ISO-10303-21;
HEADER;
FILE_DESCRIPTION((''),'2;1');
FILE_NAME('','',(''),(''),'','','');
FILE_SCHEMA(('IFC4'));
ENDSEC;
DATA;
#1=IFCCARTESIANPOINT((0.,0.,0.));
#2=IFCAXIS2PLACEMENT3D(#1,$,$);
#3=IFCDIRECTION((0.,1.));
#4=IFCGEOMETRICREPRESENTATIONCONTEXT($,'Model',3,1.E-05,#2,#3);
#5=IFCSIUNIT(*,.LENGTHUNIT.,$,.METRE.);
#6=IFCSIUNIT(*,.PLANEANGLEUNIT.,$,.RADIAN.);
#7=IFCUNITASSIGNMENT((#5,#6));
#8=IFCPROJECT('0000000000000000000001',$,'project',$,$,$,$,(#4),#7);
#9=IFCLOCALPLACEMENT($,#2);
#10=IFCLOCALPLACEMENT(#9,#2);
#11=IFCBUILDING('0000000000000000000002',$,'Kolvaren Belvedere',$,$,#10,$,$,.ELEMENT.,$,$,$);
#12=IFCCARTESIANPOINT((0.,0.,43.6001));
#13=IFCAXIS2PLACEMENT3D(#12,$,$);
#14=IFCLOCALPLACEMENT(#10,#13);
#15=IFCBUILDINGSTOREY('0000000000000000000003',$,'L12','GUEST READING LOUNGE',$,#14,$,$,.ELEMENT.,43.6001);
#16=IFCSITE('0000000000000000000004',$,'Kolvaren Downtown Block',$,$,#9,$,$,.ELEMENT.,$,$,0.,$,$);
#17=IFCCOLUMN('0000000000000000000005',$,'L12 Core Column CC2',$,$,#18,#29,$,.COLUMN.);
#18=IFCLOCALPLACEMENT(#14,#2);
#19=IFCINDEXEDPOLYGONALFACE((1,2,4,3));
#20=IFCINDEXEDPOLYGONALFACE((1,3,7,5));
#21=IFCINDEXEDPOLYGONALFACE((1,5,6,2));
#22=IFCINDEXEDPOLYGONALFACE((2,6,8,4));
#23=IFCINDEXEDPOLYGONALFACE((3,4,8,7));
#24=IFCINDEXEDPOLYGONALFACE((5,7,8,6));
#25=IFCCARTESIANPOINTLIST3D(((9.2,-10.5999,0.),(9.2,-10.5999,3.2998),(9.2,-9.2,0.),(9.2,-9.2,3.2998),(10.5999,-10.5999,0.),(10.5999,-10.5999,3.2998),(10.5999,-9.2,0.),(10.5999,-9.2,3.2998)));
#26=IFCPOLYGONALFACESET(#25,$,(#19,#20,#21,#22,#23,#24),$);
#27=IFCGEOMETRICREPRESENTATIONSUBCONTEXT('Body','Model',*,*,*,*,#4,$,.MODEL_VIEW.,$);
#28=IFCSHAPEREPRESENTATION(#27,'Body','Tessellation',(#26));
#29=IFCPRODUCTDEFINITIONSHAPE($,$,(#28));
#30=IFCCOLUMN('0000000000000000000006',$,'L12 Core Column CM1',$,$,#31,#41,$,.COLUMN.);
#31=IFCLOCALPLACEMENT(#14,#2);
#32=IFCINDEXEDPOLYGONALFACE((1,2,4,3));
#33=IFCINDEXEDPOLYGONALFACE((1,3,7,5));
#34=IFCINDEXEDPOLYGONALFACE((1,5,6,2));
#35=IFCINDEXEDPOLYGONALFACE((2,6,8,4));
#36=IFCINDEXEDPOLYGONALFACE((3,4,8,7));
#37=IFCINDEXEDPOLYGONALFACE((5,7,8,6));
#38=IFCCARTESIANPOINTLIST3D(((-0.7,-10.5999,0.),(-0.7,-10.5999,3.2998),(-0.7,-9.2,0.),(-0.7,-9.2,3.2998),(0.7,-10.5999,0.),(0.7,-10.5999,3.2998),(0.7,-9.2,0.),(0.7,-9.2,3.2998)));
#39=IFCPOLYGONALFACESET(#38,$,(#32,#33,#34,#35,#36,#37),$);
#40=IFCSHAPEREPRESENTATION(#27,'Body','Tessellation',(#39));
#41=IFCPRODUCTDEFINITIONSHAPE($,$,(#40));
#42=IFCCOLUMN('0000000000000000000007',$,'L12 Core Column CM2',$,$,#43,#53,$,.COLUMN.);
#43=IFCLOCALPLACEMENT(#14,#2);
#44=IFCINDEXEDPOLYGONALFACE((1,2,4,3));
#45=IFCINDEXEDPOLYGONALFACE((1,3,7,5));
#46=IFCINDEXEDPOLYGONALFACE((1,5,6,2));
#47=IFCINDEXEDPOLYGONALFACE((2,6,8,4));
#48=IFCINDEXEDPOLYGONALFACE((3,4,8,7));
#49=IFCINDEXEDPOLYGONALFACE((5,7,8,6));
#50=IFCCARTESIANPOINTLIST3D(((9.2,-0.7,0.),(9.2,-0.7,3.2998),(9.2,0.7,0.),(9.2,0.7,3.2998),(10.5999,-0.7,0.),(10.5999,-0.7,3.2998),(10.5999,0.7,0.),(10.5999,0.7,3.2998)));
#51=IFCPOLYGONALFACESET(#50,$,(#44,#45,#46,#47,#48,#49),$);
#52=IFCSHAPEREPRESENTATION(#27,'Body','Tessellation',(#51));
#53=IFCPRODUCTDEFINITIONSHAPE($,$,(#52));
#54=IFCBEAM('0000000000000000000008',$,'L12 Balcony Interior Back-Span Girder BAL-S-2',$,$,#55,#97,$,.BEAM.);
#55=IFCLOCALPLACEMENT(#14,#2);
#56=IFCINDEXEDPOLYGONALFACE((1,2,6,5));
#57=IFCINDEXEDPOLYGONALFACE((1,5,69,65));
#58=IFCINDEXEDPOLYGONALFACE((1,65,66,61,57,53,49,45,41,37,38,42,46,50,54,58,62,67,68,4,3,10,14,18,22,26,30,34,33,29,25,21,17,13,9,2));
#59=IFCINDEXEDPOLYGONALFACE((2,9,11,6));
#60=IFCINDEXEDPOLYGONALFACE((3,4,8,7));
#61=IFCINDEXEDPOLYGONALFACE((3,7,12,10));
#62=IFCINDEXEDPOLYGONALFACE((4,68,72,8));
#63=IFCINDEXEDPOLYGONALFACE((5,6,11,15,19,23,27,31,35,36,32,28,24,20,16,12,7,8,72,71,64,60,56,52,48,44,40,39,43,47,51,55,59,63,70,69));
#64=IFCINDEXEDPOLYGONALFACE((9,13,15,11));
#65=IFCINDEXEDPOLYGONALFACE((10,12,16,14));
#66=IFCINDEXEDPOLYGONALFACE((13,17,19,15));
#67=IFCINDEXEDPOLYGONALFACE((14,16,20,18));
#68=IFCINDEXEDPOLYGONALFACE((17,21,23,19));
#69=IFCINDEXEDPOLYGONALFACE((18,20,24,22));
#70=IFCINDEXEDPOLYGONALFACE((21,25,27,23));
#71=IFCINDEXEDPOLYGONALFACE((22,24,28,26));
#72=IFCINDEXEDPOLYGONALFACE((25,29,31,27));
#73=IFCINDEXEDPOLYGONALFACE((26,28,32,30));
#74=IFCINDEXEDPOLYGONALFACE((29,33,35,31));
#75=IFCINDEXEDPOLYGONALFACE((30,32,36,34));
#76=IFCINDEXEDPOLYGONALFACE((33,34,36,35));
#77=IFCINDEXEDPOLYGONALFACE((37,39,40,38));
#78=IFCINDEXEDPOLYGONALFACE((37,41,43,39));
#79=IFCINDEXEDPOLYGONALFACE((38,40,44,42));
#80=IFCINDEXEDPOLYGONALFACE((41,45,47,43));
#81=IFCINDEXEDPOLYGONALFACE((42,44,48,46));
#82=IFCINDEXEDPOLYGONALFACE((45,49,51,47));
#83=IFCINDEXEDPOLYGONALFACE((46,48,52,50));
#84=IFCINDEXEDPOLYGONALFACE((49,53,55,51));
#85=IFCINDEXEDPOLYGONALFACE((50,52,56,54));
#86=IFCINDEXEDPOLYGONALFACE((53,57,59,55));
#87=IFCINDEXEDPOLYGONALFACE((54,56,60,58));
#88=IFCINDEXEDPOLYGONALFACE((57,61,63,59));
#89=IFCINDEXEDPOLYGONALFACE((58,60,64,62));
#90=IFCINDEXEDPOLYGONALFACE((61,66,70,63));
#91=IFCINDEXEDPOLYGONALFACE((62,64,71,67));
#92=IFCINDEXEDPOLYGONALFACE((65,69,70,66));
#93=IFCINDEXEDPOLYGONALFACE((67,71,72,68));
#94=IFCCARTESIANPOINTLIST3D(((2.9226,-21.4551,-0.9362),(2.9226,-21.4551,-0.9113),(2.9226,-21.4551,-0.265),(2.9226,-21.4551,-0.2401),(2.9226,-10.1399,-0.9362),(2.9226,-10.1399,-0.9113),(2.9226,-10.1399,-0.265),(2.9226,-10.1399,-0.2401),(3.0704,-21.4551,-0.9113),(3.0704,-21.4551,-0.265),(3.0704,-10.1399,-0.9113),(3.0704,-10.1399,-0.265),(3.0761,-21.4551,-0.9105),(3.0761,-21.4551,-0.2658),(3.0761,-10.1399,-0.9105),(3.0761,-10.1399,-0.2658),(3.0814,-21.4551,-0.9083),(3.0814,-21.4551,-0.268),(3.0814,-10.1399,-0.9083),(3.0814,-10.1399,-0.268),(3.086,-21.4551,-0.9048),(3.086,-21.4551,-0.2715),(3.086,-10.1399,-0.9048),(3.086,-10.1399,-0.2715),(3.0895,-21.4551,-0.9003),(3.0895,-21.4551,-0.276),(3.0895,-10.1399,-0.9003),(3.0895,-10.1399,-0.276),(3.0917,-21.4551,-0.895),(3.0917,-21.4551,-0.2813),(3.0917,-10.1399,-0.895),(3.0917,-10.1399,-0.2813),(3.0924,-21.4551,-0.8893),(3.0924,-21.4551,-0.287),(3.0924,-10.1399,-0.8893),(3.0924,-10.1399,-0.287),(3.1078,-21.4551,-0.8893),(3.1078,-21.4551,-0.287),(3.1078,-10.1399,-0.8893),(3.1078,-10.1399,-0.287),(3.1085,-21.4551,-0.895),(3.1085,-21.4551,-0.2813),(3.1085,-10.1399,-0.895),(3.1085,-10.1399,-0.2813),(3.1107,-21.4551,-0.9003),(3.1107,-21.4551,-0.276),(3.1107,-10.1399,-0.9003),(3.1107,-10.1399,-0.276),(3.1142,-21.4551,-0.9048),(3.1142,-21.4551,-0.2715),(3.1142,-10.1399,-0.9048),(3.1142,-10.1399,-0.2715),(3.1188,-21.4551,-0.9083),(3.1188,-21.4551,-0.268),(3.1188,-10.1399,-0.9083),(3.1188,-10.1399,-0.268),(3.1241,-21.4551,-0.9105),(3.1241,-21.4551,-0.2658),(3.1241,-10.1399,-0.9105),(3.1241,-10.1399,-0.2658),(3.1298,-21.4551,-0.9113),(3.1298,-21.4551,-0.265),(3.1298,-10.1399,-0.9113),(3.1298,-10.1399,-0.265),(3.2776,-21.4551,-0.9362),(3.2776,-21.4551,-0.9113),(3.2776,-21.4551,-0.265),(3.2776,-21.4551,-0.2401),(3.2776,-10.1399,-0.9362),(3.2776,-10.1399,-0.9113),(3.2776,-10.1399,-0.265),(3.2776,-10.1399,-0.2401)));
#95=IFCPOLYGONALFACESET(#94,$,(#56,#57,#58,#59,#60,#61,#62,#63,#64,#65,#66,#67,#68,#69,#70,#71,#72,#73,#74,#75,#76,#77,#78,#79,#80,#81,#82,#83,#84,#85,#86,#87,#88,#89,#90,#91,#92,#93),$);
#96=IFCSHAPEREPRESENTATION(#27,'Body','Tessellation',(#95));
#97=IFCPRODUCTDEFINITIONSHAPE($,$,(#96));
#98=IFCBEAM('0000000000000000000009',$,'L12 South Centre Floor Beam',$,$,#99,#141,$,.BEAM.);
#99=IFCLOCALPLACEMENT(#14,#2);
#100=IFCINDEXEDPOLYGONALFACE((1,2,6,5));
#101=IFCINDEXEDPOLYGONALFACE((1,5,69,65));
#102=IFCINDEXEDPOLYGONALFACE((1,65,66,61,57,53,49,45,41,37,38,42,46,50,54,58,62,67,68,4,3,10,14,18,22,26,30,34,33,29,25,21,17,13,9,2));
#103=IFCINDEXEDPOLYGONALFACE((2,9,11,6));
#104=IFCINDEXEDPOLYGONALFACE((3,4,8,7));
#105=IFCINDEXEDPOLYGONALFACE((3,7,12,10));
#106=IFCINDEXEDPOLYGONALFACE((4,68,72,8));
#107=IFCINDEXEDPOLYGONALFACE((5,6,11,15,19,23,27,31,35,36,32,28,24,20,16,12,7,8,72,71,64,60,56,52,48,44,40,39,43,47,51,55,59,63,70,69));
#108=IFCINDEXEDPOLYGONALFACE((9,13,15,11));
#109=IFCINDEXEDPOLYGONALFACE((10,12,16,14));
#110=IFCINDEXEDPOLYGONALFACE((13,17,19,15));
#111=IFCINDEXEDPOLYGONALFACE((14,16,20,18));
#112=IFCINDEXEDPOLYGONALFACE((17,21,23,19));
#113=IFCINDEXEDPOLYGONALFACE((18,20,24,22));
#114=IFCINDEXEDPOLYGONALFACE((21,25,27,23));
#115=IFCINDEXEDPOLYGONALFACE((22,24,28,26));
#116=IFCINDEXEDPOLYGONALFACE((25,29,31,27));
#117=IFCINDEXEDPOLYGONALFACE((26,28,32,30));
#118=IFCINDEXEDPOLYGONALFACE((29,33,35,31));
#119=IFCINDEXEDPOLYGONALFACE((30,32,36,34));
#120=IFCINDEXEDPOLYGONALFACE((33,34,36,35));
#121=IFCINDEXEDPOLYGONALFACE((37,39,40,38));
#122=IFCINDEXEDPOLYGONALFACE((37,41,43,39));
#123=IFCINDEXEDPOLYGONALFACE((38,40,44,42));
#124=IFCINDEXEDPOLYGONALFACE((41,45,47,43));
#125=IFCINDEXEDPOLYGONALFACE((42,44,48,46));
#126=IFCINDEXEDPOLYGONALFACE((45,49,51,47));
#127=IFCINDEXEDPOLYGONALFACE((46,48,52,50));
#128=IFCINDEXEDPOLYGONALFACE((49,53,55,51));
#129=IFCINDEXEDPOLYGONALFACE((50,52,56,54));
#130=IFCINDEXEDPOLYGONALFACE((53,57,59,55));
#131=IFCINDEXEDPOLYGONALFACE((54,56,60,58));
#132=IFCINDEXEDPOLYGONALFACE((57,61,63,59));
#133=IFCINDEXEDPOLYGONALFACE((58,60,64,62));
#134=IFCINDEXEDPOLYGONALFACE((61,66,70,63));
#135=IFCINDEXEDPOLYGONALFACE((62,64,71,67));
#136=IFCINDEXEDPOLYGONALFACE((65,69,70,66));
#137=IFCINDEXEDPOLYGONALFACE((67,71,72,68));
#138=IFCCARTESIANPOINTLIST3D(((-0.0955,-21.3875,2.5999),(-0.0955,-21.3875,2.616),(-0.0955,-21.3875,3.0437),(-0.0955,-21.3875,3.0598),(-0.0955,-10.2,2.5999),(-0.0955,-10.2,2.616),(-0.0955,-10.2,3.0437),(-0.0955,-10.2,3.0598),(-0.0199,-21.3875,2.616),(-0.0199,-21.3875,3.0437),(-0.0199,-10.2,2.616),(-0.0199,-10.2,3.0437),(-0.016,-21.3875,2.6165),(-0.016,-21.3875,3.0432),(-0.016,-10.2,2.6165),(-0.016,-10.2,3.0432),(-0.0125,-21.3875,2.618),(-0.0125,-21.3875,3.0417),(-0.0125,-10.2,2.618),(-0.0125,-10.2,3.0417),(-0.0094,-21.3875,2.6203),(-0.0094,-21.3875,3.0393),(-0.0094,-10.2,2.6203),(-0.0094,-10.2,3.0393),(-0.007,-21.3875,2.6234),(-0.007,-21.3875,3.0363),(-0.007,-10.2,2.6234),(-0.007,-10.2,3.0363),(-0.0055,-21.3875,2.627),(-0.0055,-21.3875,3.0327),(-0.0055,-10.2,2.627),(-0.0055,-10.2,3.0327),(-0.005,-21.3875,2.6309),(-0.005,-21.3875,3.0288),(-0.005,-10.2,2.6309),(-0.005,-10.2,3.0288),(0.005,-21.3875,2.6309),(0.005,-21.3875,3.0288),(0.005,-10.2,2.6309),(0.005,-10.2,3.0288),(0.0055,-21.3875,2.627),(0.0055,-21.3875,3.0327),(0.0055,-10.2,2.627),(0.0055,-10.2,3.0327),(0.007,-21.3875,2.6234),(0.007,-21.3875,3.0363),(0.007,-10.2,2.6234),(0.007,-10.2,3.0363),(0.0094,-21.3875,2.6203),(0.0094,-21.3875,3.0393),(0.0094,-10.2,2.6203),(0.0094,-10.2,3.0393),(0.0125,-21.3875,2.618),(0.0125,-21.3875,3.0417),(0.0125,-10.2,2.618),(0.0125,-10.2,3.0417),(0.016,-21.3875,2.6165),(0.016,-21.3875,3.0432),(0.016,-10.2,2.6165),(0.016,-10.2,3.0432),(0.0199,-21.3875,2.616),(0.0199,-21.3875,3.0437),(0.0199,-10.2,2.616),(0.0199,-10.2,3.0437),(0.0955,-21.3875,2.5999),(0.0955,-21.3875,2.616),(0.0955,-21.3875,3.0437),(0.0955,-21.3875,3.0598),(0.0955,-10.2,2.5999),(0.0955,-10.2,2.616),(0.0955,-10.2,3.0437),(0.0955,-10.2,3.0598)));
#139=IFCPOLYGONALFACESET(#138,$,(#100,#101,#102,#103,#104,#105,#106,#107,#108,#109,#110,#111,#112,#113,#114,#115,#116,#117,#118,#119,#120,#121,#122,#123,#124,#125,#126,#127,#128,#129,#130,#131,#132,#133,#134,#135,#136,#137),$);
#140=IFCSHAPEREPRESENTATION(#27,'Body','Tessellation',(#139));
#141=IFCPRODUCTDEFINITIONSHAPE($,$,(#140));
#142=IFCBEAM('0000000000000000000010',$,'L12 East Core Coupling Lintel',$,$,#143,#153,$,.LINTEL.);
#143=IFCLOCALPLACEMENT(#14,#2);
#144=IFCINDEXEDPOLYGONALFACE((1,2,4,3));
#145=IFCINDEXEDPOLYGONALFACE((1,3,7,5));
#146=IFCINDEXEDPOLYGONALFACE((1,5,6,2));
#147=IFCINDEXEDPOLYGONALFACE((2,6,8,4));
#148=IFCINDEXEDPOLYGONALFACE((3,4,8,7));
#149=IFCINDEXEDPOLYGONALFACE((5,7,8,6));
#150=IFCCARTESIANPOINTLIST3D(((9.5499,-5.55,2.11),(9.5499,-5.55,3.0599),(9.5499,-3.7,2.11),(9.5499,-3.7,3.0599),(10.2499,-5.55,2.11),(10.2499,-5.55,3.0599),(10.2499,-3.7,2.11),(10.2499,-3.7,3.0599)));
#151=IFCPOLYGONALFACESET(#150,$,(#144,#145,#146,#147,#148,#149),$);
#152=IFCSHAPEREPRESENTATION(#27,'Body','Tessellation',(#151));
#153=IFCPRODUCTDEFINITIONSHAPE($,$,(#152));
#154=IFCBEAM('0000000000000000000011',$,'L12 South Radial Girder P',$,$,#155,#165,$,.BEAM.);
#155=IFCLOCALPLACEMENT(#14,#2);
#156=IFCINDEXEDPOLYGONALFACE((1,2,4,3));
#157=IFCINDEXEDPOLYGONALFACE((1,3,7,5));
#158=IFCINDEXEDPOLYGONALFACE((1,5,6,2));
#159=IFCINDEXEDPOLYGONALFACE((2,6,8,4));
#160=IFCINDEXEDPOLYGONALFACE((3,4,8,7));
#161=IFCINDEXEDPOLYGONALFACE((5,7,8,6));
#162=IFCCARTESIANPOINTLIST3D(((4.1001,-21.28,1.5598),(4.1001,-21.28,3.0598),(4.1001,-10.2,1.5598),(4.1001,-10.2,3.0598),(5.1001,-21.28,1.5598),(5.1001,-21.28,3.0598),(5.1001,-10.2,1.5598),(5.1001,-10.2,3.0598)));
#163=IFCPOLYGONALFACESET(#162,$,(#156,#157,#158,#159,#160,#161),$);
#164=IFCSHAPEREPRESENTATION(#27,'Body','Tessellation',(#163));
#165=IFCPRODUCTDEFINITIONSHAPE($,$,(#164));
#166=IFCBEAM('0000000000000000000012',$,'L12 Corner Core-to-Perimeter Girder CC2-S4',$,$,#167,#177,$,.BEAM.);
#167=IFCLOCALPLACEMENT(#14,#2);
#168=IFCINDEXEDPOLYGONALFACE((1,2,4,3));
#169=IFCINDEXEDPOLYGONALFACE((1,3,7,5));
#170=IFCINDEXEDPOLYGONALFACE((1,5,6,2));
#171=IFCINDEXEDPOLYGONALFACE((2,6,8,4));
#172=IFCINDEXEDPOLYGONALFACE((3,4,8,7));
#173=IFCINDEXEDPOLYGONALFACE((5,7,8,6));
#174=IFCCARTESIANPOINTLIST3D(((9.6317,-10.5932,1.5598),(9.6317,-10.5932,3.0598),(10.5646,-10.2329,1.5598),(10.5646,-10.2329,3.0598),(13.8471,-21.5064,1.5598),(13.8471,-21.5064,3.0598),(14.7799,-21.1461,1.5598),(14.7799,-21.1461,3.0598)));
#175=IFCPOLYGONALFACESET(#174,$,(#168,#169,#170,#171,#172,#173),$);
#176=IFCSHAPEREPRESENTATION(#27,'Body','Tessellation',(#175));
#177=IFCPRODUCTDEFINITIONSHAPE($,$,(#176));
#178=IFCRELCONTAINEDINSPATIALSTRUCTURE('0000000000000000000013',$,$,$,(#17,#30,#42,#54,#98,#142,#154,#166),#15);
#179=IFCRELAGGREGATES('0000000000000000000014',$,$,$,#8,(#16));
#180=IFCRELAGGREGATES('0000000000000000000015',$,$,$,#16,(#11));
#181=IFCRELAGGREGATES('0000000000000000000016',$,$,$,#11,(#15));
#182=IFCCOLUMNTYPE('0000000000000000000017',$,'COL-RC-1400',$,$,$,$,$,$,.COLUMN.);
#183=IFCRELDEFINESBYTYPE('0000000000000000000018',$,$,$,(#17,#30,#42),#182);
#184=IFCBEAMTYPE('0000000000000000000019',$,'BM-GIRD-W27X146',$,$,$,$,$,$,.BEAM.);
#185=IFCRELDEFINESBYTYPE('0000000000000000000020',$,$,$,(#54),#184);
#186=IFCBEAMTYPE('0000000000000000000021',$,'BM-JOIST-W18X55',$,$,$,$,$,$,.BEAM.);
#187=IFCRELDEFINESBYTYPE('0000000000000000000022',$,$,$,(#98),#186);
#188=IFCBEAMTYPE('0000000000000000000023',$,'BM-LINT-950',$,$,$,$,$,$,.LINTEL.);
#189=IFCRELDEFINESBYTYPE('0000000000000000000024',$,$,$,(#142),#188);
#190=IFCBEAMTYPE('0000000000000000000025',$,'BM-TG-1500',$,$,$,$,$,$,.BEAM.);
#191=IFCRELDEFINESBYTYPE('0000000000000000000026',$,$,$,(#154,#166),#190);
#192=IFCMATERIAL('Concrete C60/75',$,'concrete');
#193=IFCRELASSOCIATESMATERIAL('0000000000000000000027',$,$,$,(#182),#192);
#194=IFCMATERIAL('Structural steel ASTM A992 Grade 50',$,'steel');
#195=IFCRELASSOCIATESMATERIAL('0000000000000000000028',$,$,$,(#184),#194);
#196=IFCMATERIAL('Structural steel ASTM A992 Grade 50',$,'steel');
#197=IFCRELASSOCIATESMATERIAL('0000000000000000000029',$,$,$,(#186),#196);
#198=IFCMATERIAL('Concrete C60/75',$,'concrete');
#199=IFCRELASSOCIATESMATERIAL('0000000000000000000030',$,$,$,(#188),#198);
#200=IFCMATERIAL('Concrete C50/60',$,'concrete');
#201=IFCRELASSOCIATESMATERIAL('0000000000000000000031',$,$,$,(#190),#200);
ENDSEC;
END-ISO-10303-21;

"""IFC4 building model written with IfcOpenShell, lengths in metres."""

from ifc_helpers import new_model, si_unit, direction, frame, origin, origin_2d, place, context, subcontext, project, spatial, rectangle, i_section, extrude, material, material_profile, profile_set, type_object, element, save


model = new_model("IFC4")

# Units and contexts
model_context = context("Model", 3, precision=1e-05, world=origin(), true_north=direction((0.0, 1.0)))
body_context = subcontext(model_context, "Body", "Model", "MODEL_VIEW")
ifc_project = project(units=[si_unit("LENGTHUNIT", "METRE"), si_unit("PLANEANGLEUNIT", "RADIAN")], contexts=[model_context])

# Site, building, storey
site_placement = place(None, origin())
site = spatial("IfcSite", under=ifc_project, at=site_placement, Name="Kolvaren Downtown Block", CompositionType="ELEMENT", RefElevation=0.0)
building_placement = place(site_placement, origin())
building = spatial("IfcBuilding", under=site, at=building_placement, Name="Kolvaren Belvedere", CompositionType="ELEMENT")
storey_placement = place(building_placement, frame((0.0, 0.0, 43.6001)))
storey = spatial("IfcBuildingStorey", under=building, at=storey_placement, Name="L12", Description="GUEST READING LOUNGE", CompositionType="ELEMENT", Elevation=43.6001)

# Columns
ifc_material_1 = material(Name="Concrete C60/75", Category="concrete")
ifc_material_profile_1 = material_profile(ifc_material_1, rectangle(XDim=1.3999, YDim=1.3999, at=origin_2d()), Name="RC 1400X1400")
ifc_profile_set_1 = profile_set([ifc_material_profile_1], Name="Concrete C60/75")
column_type = type_object("IfcColumnType", Name="COL-RC-1400", PredefinedType="COLUMN", material=ifc_profile_set_1)
for number, where, z_axis, x_axis, name in (
    (1, (9.8999, -9.8999, 0.0), (0.0, 0.0, 1.0), (1.0, 0.0, 0.0), "L12 Core Column CC2"),
    (2, (0.0, -9.8999, 0.0), (0.0, 0.0, 1.0), (1.0, 0.0, 0.0), "L12 Core Column CM1"),
    (3, (9.8999, 0.0, 0.0), (0.0, 0.0, 1.0), (1.0, 0.0, 0.0), "L12 Core Column CM2"),
):
    element("IfcColumn", number, at=place(storey_placement, frame(where, z_axis=z_axis, x_axis=x_axis)), inside=storey, type_object=column_type, Name=name, PredefinedType="COLUMN", context=body_context, shape_type="SweptSolid", body=[
        extrude(rectangle(XDim=1.3999, YDim=1.3999, at=origin_2d()), origin(), (0.0, 0.0, 1.0), 3.2998),
    ])

# Beams
ifc_material_2 = material(Name="Structural steel ASTM A992 Grade 50", Category="steel")
ifc_material_profile_2 = material_profile(ifc_material_2, i_section(OverallWidth=0.355, OverallDepth=0.696, WebThickness=0.0154, FlangeThickness=0.0249, FilletRadius=0.022, at=origin_2d()), Name="W27X146")
ifc_profile_set_2 = profile_set([ifc_material_profile_2], Name="Structural steel ASTM A992 Grade 50")
beam_type_1 = type_object("IfcBeamType", Name="BM-GIRD-W27X146", PredefinedType="BEAM", material=ifc_profile_set_2)
beam_1_placement = place(storey_placement, frame((3.1001, -10.1399, -0.5881), z_axis=(0.0, -1.0, 0.0), x_axis=(1.0, 0.0, 0.0)))
element("IfcBeam", 4, at=beam_1_placement, inside=storey, type_object=beam_type_1, Name="L12 Balcony Interior Back-Span Girder BAL-S-2", PredefinedType="BEAM", context=body_context, shape_type="SweptSolid", body=[
    extrude(i_section(OverallWidth=0.355, OverallDepth=0.696, WebThickness=0.0154, FlangeThickness=0.0249, FilletRadius=0.022, at=origin_2d()), origin(), (0.0, 0.0, 1.0), 11.3152),
])
ifc_material_3 = material(Name="Structural steel ASTM A992 Grade 50", Category="steel")
ifc_material_profile_3 = material_profile(ifc_material_3, i_section(OverallWidth=0.1909, OverallDepth=0.46, WebThickness=0.01, FlangeThickness=0.0161, FilletRadius=0.0149, at=origin_2d()), Name="W18X55")
ifc_profile_set_3 = profile_set([ifc_material_profile_3], Name="Structural steel ASTM A992 Grade 50")
beam_type_2 = type_object("IfcBeamType", Name="BM-JOIST-W18X55", PredefinedType="BEAM", material=ifc_profile_set_3)
beam_2_placement = place(storey_placement, frame((0.0, -10.2, 2.8298), z_axis=(0.0, -1.0, 0.0), x_axis=(1.0, 0.0, 0.0)))
element("IfcBeam", 5, at=beam_2_placement, inside=storey, type_object=beam_type_2, Name="L12 South Centre Floor Beam", PredefinedType="BEAM", context=body_context, shape_type="SweptSolid", body=[
    extrude(i_section(OverallWidth=0.1909, OverallDepth=0.46, WebThickness=0.01, FlangeThickness=0.0161, FilletRadius=0.0149, at=origin_2d()), origin(), (0.0, 0.0, 1.0), 11.1875),
])
ifc_material_4 = material(Name="Concrete C60/75", Category="concrete")
ifc_material_profile_4 = material_profile(ifc_material_4, rectangle(XDim=0.7, YDim=0.95, at=origin_2d()), Name="RC 700X950")
ifc_profile_set_4 = profile_set([ifc_material_profile_4], Name="Concrete C60/75")
beam_type_3 = type_object("IfcBeamType", Name="BM-LINT-950", PredefinedType="LINTEL", material=ifc_profile_set_4)
beam_3_placement = place(storey_placement, frame((9.8999, -5.55, 2.585), z_axis=(0.0, 1.0, 0.0), x_axis=(-1.0, 0.0, 0.0)))
element("IfcBeam", 6, at=beam_3_placement, inside=storey, type_object=beam_type_3, Name="L12 East Core Coupling Lintel", PredefinedType="LINTEL", context=body_context, shape_type="SweptSolid", body=[
    extrude(rectangle(XDim=0.7, YDim=0.95, at=origin_2d()), origin(), (0.0, 0.0, 1.0), 1.8501),
])
ifc_material_5 = material(Name="Concrete C50/60", Category="concrete")
ifc_material_profile_5 = material_profile(ifc_material_5, rectangle(XDim=1.0, YDim=1.5, at=origin_2d()), Name="RC 1000X1500")
ifc_profile_set_5 = profile_set([ifc_material_profile_5], Name="Concrete C50/60")
beam_type_4 = type_object("IfcBeamType", Name="BM-TG-1500", PredefinedType="BEAM", material=ifc_profile_set_5)
beam_4_placement = place(storey_placement, frame((4.6001, -10.2, 2.3098), z_axis=(0.0, -1.0, 0.0), x_axis=(1.0, 0.0, 0.0)))
element("IfcBeam", 7, at=beam_4_placement, inside=storey, type_object=beam_type_4, Name="L12 South Radial Girder P", PredefinedType="BEAM", context=body_context, shape_type="SweptSolid", body=[
    extrude(rectangle(XDim=1.0, YDim=1.5, at=origin_2d()), origin(), (0.0, 0.0, 1.0), 11.0801),
])
beam_5_placement = place(storey_placement, frame((10.0981, -10.4131, 2.3098), z_axis=(0.360318, -0.932829, 0.0), x_axis=(0.932829, 0.360318, 0.0)))
element("IfcBeam", 8, at=beam_5_placement, inside=storey, type_object=beam_type_4, Name="L12 Corner Core-to-Perimeter Girder CC2-S4", PredefinedType="BEAM", context=body_context, shape_type="SweptSolid", body=[
    extrude(rectangle(XDim=1.0, YDim=1.5, at=origin_2d()), origin(), (0.0, 0.0, 1.0), 11.699),
])

save(model, "model.ifc")
